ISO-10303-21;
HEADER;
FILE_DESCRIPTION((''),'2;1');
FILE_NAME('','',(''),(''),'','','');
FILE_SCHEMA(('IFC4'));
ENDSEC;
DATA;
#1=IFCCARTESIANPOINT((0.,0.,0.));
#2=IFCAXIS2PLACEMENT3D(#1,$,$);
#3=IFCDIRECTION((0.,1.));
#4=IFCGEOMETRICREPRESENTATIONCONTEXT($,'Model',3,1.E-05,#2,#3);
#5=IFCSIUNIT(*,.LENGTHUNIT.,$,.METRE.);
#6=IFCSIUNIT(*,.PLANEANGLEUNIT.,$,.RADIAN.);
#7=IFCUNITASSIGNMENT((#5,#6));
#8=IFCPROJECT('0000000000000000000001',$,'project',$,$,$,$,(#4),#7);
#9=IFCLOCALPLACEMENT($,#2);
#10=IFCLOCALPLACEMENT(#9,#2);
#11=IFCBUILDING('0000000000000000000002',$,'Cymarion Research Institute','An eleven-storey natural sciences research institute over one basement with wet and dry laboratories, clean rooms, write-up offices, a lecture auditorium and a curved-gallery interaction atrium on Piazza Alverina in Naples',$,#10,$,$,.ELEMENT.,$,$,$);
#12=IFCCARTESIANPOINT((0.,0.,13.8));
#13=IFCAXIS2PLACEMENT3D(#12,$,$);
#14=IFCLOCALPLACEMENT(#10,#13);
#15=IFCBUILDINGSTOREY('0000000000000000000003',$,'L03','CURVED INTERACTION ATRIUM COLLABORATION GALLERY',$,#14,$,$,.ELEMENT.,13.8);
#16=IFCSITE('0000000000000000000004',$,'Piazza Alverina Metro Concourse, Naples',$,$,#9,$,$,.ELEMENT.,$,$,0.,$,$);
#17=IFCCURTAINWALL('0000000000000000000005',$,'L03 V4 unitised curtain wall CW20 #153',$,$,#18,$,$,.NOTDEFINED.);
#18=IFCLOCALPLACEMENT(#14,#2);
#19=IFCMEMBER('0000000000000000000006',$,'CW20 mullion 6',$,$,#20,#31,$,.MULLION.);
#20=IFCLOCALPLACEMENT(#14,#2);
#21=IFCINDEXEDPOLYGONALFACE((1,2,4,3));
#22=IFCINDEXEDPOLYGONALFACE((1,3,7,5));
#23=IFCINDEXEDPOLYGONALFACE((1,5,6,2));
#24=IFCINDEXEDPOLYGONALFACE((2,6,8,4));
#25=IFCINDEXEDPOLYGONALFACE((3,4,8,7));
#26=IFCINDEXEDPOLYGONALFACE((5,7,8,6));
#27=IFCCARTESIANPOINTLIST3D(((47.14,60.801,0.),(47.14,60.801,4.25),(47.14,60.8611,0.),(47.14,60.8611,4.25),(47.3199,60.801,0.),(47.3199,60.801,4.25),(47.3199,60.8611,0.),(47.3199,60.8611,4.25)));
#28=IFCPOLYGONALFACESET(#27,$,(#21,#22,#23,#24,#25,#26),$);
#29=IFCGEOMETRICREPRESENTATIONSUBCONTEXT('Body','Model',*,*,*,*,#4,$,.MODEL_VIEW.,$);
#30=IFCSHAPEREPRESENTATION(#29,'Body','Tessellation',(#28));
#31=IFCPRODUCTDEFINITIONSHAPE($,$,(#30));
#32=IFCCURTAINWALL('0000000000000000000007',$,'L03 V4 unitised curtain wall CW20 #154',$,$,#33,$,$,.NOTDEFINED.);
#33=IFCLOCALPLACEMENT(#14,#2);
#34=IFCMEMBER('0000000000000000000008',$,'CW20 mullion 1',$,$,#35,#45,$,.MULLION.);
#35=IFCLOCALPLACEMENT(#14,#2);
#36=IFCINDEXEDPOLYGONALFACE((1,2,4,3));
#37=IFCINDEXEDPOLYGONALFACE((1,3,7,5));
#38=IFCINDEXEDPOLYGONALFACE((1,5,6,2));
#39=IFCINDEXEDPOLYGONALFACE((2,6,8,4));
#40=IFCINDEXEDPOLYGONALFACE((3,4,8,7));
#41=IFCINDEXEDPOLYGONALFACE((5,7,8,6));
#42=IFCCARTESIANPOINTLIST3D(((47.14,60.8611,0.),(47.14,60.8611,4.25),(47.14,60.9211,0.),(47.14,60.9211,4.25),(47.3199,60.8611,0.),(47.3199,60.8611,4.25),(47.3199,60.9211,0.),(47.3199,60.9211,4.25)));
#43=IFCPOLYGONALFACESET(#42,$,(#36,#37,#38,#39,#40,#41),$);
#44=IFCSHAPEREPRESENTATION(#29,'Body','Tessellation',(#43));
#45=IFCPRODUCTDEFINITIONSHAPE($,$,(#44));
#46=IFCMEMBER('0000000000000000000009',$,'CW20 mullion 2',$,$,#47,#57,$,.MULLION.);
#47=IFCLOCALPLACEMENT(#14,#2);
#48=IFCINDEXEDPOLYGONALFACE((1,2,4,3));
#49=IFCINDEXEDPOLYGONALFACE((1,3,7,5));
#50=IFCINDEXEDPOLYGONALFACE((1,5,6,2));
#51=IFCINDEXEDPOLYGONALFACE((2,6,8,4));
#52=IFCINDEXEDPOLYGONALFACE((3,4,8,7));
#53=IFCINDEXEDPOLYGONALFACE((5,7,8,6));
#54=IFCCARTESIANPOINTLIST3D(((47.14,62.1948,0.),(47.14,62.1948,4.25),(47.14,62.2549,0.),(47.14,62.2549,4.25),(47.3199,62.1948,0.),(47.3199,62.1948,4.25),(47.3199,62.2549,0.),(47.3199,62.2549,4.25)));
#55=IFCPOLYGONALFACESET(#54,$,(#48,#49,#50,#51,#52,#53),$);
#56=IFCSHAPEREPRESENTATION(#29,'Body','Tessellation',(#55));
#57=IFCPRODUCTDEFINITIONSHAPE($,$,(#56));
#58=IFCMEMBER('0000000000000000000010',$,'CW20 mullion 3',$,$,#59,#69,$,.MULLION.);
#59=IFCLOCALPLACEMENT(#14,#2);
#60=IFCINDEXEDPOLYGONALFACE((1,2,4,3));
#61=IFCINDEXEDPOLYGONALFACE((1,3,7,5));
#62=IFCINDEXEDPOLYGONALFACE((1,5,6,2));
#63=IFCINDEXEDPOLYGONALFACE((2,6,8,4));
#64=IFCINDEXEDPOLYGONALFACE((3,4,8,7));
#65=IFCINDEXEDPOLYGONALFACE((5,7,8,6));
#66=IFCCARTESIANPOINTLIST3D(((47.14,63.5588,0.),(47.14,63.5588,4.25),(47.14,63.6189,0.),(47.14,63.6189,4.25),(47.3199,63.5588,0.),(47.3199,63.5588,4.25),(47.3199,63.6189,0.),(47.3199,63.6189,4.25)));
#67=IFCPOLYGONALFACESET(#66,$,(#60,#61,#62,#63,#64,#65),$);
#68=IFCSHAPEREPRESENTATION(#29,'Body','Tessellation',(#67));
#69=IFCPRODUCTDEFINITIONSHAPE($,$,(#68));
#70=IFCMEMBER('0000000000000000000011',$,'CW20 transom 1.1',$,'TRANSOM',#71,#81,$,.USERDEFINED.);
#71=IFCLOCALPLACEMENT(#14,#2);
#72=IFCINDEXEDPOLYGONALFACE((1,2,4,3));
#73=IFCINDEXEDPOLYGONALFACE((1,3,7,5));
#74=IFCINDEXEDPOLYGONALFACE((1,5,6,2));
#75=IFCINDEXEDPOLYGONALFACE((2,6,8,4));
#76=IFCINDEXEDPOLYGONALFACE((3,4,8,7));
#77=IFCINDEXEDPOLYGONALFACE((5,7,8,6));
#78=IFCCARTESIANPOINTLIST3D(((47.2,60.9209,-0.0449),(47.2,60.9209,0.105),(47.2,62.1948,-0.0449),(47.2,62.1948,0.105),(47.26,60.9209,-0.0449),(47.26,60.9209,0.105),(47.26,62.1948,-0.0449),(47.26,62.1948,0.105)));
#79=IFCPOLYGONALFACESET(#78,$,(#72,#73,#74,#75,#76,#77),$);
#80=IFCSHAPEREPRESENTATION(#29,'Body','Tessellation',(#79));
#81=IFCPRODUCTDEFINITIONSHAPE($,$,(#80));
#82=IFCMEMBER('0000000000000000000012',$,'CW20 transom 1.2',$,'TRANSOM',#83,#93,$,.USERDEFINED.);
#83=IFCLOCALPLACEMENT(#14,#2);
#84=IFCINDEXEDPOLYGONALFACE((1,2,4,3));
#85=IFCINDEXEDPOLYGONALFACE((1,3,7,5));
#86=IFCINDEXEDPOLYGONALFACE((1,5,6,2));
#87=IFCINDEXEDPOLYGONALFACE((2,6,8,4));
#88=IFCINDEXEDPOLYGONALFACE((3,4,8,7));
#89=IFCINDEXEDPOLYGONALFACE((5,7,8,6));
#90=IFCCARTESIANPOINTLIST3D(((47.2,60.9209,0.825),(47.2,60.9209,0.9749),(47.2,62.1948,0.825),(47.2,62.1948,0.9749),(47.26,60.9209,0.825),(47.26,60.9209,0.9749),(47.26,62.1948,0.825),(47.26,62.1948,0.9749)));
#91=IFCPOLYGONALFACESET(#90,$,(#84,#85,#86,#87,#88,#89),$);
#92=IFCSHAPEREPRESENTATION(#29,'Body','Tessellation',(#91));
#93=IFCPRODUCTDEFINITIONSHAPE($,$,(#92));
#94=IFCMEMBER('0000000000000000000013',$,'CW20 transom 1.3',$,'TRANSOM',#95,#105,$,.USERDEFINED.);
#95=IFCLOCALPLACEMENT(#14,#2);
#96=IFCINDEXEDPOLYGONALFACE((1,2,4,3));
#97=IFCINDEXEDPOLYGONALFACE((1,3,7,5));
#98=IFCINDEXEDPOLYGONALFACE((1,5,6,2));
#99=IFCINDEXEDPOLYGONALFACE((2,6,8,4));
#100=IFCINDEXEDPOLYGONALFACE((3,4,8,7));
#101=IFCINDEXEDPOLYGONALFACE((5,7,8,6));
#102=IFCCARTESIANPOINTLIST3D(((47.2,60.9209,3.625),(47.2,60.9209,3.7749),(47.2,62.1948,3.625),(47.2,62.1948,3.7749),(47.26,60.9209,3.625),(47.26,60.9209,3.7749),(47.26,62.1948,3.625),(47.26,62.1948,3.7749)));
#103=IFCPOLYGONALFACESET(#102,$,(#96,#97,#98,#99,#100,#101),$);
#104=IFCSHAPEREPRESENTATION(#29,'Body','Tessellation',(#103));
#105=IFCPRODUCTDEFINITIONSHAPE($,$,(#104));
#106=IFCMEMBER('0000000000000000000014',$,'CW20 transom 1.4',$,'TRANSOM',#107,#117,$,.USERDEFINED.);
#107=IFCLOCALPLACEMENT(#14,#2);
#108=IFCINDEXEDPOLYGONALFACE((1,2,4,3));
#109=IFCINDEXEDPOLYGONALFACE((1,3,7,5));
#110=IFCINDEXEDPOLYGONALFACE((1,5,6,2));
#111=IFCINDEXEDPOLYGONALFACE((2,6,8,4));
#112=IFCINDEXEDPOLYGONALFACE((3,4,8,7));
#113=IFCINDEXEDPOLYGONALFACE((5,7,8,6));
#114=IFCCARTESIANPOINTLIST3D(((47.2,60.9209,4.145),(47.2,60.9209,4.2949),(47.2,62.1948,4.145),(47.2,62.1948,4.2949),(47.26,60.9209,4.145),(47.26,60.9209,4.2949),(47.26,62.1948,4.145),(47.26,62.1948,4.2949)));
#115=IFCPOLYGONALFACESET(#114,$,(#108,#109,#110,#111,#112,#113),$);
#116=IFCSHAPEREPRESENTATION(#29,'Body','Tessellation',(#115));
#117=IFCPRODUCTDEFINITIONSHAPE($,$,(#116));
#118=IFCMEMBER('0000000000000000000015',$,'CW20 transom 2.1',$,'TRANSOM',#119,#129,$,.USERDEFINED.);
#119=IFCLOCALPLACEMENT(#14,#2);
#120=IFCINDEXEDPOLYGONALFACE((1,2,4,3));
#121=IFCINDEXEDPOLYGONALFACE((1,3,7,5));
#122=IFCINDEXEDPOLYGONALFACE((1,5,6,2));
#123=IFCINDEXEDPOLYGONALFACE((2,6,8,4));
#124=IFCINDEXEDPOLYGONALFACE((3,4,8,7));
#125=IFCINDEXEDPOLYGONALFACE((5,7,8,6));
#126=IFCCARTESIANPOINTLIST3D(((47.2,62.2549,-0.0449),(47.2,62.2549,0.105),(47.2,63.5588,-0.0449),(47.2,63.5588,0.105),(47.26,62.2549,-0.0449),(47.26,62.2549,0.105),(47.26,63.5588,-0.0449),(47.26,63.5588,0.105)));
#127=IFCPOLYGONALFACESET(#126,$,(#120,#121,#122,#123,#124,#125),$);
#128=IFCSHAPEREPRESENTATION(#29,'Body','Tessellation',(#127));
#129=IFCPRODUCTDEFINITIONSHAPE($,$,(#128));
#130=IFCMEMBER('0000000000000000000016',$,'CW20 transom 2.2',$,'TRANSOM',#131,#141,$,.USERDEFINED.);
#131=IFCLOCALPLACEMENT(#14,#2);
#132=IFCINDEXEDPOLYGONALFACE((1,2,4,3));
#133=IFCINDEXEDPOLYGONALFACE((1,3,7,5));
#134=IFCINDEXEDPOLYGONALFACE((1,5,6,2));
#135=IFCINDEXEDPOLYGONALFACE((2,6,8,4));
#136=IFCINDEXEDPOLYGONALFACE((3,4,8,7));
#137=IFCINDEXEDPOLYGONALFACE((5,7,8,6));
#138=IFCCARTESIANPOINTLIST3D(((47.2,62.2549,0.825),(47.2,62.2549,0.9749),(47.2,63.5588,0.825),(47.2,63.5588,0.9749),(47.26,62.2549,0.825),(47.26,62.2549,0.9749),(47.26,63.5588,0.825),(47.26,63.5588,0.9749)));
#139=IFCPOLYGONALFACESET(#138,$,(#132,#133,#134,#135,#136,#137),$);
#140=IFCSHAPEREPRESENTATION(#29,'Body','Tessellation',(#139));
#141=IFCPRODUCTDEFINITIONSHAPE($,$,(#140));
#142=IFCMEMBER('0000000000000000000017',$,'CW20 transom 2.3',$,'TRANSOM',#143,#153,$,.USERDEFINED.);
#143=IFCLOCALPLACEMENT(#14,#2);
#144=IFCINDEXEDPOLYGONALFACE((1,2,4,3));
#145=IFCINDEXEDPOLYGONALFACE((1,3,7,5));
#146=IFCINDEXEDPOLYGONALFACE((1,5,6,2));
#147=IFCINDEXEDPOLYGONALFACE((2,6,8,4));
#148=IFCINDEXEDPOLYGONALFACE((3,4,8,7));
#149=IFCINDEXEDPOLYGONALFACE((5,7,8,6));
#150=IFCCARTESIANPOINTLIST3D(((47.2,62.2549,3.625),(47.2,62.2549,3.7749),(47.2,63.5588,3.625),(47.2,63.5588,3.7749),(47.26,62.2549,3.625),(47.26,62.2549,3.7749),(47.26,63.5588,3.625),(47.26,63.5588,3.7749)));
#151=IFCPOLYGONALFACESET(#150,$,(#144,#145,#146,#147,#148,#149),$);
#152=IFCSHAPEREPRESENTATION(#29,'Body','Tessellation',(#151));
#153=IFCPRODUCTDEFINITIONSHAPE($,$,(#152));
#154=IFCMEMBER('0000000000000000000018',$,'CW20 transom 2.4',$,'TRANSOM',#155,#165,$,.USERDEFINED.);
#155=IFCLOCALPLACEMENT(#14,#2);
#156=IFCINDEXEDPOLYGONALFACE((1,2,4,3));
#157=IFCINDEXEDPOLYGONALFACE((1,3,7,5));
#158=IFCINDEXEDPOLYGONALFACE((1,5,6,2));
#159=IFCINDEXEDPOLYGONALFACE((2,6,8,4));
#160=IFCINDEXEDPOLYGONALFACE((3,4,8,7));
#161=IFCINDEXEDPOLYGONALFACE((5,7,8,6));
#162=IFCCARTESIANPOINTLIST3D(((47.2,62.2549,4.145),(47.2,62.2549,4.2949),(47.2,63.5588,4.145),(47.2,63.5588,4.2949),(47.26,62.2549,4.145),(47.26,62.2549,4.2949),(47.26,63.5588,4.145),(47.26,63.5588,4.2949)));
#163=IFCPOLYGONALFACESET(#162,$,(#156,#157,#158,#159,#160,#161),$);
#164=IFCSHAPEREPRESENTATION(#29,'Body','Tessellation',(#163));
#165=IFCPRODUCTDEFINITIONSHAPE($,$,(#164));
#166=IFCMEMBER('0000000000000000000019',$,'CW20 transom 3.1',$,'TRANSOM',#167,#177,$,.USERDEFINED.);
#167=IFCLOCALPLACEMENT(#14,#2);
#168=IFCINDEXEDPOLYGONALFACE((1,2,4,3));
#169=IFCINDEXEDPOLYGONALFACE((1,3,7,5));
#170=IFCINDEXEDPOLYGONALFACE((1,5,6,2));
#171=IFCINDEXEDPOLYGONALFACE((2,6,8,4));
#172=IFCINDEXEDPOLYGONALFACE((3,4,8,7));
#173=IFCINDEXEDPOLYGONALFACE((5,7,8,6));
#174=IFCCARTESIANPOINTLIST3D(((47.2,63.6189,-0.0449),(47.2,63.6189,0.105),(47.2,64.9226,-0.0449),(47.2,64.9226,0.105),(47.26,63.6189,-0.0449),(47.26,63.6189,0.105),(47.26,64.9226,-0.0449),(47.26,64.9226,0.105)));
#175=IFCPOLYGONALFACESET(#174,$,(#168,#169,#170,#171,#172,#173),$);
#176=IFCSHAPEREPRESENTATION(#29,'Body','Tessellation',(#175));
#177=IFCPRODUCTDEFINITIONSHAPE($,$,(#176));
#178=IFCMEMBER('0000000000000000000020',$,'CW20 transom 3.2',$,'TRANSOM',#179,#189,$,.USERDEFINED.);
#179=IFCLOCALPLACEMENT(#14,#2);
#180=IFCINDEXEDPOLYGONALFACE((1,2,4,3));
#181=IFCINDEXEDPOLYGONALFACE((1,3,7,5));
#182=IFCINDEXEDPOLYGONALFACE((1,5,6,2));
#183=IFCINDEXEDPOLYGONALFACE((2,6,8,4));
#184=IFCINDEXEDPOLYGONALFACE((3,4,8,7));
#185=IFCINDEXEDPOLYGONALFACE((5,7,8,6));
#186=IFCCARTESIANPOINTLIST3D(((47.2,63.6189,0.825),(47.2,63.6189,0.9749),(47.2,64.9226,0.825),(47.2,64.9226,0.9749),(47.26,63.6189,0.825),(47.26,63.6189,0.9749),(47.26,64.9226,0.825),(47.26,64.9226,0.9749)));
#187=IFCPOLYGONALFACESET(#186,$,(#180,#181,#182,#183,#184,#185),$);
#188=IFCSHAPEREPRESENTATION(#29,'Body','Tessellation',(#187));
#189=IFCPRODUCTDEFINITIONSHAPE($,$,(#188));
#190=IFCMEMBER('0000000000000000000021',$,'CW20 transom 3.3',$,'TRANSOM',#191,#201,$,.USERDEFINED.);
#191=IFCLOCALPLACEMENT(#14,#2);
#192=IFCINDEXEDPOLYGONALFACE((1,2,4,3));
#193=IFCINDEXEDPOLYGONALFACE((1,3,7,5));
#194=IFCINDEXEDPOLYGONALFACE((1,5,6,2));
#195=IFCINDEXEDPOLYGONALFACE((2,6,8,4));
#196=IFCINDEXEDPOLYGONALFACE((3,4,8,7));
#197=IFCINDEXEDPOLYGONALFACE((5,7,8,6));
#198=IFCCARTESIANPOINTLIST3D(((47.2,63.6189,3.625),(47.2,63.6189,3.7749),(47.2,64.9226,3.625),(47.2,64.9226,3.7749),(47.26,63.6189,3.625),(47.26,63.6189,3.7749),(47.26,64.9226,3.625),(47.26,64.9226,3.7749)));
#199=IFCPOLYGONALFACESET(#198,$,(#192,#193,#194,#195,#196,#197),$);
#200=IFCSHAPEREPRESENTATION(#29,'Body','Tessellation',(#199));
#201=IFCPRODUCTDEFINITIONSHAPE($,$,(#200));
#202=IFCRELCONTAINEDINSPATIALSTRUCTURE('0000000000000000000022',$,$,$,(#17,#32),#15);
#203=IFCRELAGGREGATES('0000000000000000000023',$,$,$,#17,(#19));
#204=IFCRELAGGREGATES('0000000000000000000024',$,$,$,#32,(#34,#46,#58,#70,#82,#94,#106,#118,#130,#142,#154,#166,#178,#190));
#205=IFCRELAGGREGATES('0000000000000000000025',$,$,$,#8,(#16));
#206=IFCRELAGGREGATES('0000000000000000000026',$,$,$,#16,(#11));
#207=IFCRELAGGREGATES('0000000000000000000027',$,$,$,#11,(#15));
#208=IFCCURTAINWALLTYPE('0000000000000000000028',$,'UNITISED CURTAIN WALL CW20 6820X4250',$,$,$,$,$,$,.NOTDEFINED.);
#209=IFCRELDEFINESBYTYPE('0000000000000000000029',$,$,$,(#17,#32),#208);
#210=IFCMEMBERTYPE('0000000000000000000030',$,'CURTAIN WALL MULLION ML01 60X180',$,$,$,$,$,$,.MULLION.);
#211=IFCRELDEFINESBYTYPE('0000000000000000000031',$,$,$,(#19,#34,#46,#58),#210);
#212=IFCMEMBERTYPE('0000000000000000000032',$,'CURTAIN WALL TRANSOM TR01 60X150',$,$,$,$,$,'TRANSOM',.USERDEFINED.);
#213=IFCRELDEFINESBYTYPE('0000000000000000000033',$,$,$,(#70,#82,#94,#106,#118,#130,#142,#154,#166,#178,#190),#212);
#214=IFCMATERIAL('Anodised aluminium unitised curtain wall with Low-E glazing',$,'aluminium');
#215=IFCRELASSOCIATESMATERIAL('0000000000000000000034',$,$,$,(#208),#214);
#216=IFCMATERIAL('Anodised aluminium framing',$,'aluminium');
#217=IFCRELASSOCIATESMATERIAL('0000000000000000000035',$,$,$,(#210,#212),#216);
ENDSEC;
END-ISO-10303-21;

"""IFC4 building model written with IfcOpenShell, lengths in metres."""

from ifc_helpers import new_model, si_unit, direction, frame, origin, origin_2d, place, context, subcontext, project, spatial, rectangle, extrude, material, material_profile, profile_set, type_object, element, aggregate, save


model = new_model("IFC4")

# Units and contexts
model_context = context("Model", 3, precision=1e-05, world=origin(), true_north=direction((0.0, 1.0)))
body_context = subcontext(model_context, "Body", "Model", "MODEL_VIEW")
ifc_project = project(units=[si_unit("LENGTHUNIT", "METRE"), si_unit("PLANEANGLEUNIT", "RADIAN")], contexts=[model_context])

# Site, building, storey
site_placement = place(None, origin())
site = spatial("IfcSite", under=ifc_project, at=site_placement, Name="Piazza Alverina Metro Concourse, Naples", CompositionType="ELEMENT", RefElevation=0.0)
building_placement = place(site_placement, origin())
building = spatial("IfcBuilding", under=site, at=building_placement, Name="Cymarion Research Institute", Description="An eleven-storey natural sciences research institute over one basement with wet and dry laboratories, clean rooms, write-up offices, a lecture auditorium and a curved-gallery interaction atrium on Piazza Alverina in Naples", CompositionType="ELEMENT")
storey_placement = place(building_placement, frame((0.0, 0.0, 13.8)))
storey = spatial("IfcBuildingStorey", under=building, at=storey_placement, Name="L03", Description="CURVED INTERACTION ATRIUM COLLABORATION GALLERY", CompositionType="ELEMENT", Elevation=13.8)

# Curtain wall, member
ifc_material_1 = material(Name="Anodised aluminium unitised curtain wall with Low-E glazing", Category="aluminium")
curtain_wall_type = type_object("IfcCurtainWallType", Name="UNITISED CURTAIN WALL CW20 6820X4250", PredefinedType="NOTDEFINED", material=ifc_material_1)
curtain_wall_1_placement = place(storey_placement, origin())
curtain_wall_1 = element("IfcCurtainWall", 1, at=curtain_wall_1_placement, inside=storey, type_object=curtain_wall_type, Name="L03 V4 unitised curtain wall CW20 #153", PredefinedType="NOTDEFINED")
ifc_material_2 = material(Name="Anodised aluminium framing", Category="aluminium")
ifc_material_profile_1 = material_profile(ifc_material_2, rectangle(XDim=0.0601, YDim=0.1799, at=origin_2d()), Name="ALU MULLION 60x180")
ifc_profile_set_1 = profile_set([ifc_material_profile_1], Name="Anodised aluminium framing")
member_type_1 = type_object("IfcMemberType", Name="CURTAIN WALL MULLION ML01 60X180", PredefinedType="MULLION", material=ifc_profile_set_1)
member_1_placement = place(storey_placement, frame((47.23, 60.8311, 0.0), z_axis=(0.0, 0.0, 1.0), x_axis=(0.0, 1.0, 0.0)))
member_1 = element("IfcMember", 2, at=member_1_placement, type_object=member_type_1, Name="CW20 mullion 6", PredefinedType="MULLION", context=body_context, shape_type="SweptSolid", body=[
    extrude(rectangle(XDim=0.0601, YDim=0.1799, at=origin_2d()), origin(), (0.0, 0.0, 1.0), 4.25),
])

# Curtain wall, members
curtain_wall_2_placement = place(storey_placement, origin())
curtain_wall_2 = element("IfcCurtainWall", 3, at=curtain_wall_2_placement, inside=storey, type_object=curtain_wall_type, Name="L03 V4 unitised curtain wall CW20 #154", PredefinedType="NOTDEFINED")
member_2_placement = place(storey_placement, frame((47.23, 60.8911, 0.0), z_axis=(0.0, 0.0, 1.0), x_axis=(0.0, 1.0, 0.0)))
member_2 = element("IfcMember", 4, at=member_2_placement, type_object=member_type_1, Name="CW20 mullion 1", PredefinedType="MULLION", context=body_context, shape_type="SweptSolid", body=[
    extrude(rectangle(XDim=0.0601, YDim=0.1799, at=origin_2d()), origin(), (0.0, 0.0, 1.0), 4.25),
])
member_3_placement = place(storey_placement, frame((47.23, 62.2249, 0.0), z_axis=(0.0, 0.0, 1.0), x_axis=(0.0, 1.0, 0.0)))
member_3 = element("IfcMember", 5, at=member_3_placement, type_object=member_type_1, Name="CW20 mullion 2", PredefinedType="MULLION", context=body_context, shape_type="SweptSolid", body=[
    extrude(rectangle(XDim=0.0601, YDim=0.1799, at=origin_2d()), origin(), (0.0, 0.0, 1.0), 4.25),
])
member_4_placement = place(storey_placement, frame((47.23, 63.5889, 0.0), z_axis=(0.0, 0.0, 1.0), x_axis=(0.0, 1.0, 0.0)))
member_4 = element("IfcMember", 6, at=member_4_placement, type_object=member_type_1, Name="CW20 mullion 3", PredefinedType="MULLION", context=body_context, shape_type="SweptSolid", body=[
    extrude(rectangle(XDim=0.0601, YDim=0.1799, at=origin_2d()), origin(), (0.0, 0.0, 1.0), 4.25),
])
ifc_material_profile_2 = material_profile(ifc_material_2, rectangle(XDim=0.0601, YDim=0.1499, at=origin_2d()), Name="ALU TRANSOM 60x150")
ifc_profile_set_2 = profile_set([ifc_material_profile_2], Name="Anodised aluminium framing")
member_type_2 = type_object("IfcMemberType", Name="CURTAIN WALL TRANSOM TR01 60X150", ElementType="TRANSOM", PredefinedType="USERDEFINED", material=ifc_profile_set_2)
member_5_placement = place(storey_placement, frame((47.23, 60.9209, 0.03), z_axis=(0.0, 1.0, 0.0), x_axis=(-1.0, 0.0, 0.0)))
member_5 = element("IfcMember", 7, at=member_5_placement, type_object=member_type_2, Name="CW20 transom 1.1", ObjectType="TRANSOM", PredefinedType="USERDEFINED", context=body_context, shape_type="SweptSolid", body=[
    extrude(rectangle(XDim=0.0601, YDim=0.1499, at=origin_2d()), origin(), (0.0, 0.0, 1.0), 1.2739),
])
member_6_placement = place(storey_placement, frame((47.23, 60.9209, 0.8999), z_axis=(0.0, 1.0, 0.0), x_axis=(-1.0, 0.0, 0.0)))
member_6 = element("IfcMember", 8, at=member_6_placement, type_object=member_type_2, Name="CW20 transom 1.2", ObjectType="TRANSOM", PredefinedType="USERDEFINED", context=body_context, shape_type="SweptSolid", body=[
    extrude(rectangle(XDim=0.0601, YDim=0.1499, at=origin_2d()), origin(), (0.0, 0.0, 1.0), 1.2739),
])
member_7_placement = place(storey_placement, frame((47.23, 60.9209, 3.7), z_axis=(0.0, 1.0, 0.0), x_axis=(-1.0, 0.0, 0.0)))
member_7 = element("IfcMember", 9, at=member_7_placement, type_object=member_type_2, Name="CW20 transom 1.3", ObjectType="TRANSOM", PredefinedType="USERDEFINED", context=body_context, shape_type="SweptSolid", body=[
    extrude(rectangle(XDim=0.0601, YDim=0.1499, at=origin_2d()), origin(), (0.0, 0.0, 1.0), 1.2739),
])
member_8_placement = place(storey_placement, frame((47.23, 60.9209, 4.22), z_axis=(0.0, 1.0, 0.0), x_axis=(-1.0, 0.0, 0.0)))
member_8 = element("IfcMember", 10, at=member_8_placement, type_object=member_type_2, Name="CW20 transom 1.4", ObjectType="TRANSOM", PredefinedType="USERDEFINED", context=body_context, shape_type="SweptSolid", body=[
    extrude(rectangle(XDim=0.0601, YDim=0.1499, at=origin_2d()), origin(), (0.0, 0.0, 1.0), 1.2739),
])
member_9_placement = place(storey_placement, frame((47.23, 62.2549, 0.03), z_axis=(0.0, 1.0, 0.0), x_axis=(-1.0, 0.0, 0.0)))
member_9 = element("IfcMember", 11, at=member_9_placement, type_object=member_type_2, Name="CW20 transom 2.1", ObjectType="TRANSOM", PredefinedType="USERDEFINED", context=body_context, shape_type="SweptSolid", body=[
    extrude(rectangle(XDim=0.0601, YDim=0.1499, at=origin_2d()), origin(), (0.0, 0.0, 1.0), 1.304),
])
member_10_placement = place(storey_placement, frame((47.23, 62.2549, 0.8999), z_axis=(0.0, 1.0, 0.0), x_axis=(-1.0, 0.0, 0.0)))
member_10 = element("IfcMember", 12, at=member_10_placement, type_object=member_type_2, Name="CW20 transom 2.2", ObjectType="TRANSOM", PredefinedType="USERDEFINED", context=body_context, shape_type="SweptSolid", body=[
    extrude(rectangle(XDim=0.0601, YDim=0.1499, at=origin_2d()), origin(), (0.0, 0.0, 1.0), 1.304),
])
member_11_placement = place(storey_placement, frame((47.23, 62.2549, 3.7), z_axis=(0.0, 1.0, 0.0), x_axis=(-1.0, 0.0, 0.0)))
member_11 = element("IfcMember", 13, at=member_11_placement, type_object=member_type_2, Name="CW20 transom 2.3", ObjectType="TRANSOM", PredefinedType="USERDEFINED", context=body_context, shape_type="SweptSolid", body=[
    extrude(rectangle(XDim=0.0601, YDim=0.1499, at=origin_2d()), origin(), (0.0, 0.0, 1.0), 1.304),
])
member_12_placement = place(storey_placement, frame((47.23, 62.2549, 4.22), z_axis=(0.0, 1.0, 0.0), x_axis=(-1.0, 0.0, 0.0)))
member_12 = element("IfcMember", 14, at=member_12_placement, type_object=member_type_2, Name="CW20 transom 2.4", ObjectType="TRANSOM", PredefinedType="USERDEFINED", context=body_context, shape_type="SweptSolid", body=[
    extrude(rectangle(XDim=0.0601, YDim=0.1499, at=origin_2d()), origin(), (0.0, 0.0, 1.0), 1.304),
])
member_13_placement = place(storey_placement, frame((47.23, 63.6189, 0.03), z_axis=(0.0, 1.0, 0.0), x_axis=(-1.0, 0.0, 0.0)))
member_13 = element("IfcMember", 15, at=member_13_placement, type_object=member_type_2, Name="CW20 transom 3.1", ObjectType="TRANSOM", PredefinedType="USERDEFINED", context=body_context, shape_type="SweptSolid", body=[
    extrude(rectangle(XDim=0.0601, YDim=0.1499, at=origin_2d()), origin(), (0.0, 0.0, 1.0), 1.3037),
])
member_14_placement = place(storey_placement, frame((47.23, 63.6189, 0.8999), z_axis=(0.0, 1.0, 0.0), x_axis=(-1.0, 0.0, 0.0)))
member_14 = element("IfcMember", 16, at=member_14_placement, type_object=member_type_2, Name="CW20 transom 3.2", ObjectType="TRANSOM", PredefinedType="USERDEFINED", context=body_context, shape_type="SweptSolid", body=[
    extrude(rectangle(XDim=0.0601, YDim=0.1499, at=origin_2d()), origin(), (0.0, 0.0, 1.0), 1.3037),
])
member_15_placement = place(storey_placement, frame((47.23, 63.6189, 3.7), z_axis=(0.0, 1.0, 0.0), x_axis=(-1.0, 0.0, 0.0)))
member_15 = element("IfcMember", 17, at=member_15_placement, type_object=member_type_2, Name="CW20 transom 3.3", ObjectType="TRANSOM", PredefinedType="USERDEFINED", context=body_context, shape_type="SweptSolid", body=[
    extrude(rectangle(XDim=0.0601, YDim=0.1499, at=origin_2d()), origin(), (0.0, 0.0, 1.0), 1.3037),
])

aggregate(curtain_wall_1, [member_1])
aggregate(curtain_wall_2, [member_2, member_3, member_4, member_5, member_6, member_7, member_8, member_9, member_10, member_11, member_12, member_13, member_14, member_15])

save(model, "model.ifc")
